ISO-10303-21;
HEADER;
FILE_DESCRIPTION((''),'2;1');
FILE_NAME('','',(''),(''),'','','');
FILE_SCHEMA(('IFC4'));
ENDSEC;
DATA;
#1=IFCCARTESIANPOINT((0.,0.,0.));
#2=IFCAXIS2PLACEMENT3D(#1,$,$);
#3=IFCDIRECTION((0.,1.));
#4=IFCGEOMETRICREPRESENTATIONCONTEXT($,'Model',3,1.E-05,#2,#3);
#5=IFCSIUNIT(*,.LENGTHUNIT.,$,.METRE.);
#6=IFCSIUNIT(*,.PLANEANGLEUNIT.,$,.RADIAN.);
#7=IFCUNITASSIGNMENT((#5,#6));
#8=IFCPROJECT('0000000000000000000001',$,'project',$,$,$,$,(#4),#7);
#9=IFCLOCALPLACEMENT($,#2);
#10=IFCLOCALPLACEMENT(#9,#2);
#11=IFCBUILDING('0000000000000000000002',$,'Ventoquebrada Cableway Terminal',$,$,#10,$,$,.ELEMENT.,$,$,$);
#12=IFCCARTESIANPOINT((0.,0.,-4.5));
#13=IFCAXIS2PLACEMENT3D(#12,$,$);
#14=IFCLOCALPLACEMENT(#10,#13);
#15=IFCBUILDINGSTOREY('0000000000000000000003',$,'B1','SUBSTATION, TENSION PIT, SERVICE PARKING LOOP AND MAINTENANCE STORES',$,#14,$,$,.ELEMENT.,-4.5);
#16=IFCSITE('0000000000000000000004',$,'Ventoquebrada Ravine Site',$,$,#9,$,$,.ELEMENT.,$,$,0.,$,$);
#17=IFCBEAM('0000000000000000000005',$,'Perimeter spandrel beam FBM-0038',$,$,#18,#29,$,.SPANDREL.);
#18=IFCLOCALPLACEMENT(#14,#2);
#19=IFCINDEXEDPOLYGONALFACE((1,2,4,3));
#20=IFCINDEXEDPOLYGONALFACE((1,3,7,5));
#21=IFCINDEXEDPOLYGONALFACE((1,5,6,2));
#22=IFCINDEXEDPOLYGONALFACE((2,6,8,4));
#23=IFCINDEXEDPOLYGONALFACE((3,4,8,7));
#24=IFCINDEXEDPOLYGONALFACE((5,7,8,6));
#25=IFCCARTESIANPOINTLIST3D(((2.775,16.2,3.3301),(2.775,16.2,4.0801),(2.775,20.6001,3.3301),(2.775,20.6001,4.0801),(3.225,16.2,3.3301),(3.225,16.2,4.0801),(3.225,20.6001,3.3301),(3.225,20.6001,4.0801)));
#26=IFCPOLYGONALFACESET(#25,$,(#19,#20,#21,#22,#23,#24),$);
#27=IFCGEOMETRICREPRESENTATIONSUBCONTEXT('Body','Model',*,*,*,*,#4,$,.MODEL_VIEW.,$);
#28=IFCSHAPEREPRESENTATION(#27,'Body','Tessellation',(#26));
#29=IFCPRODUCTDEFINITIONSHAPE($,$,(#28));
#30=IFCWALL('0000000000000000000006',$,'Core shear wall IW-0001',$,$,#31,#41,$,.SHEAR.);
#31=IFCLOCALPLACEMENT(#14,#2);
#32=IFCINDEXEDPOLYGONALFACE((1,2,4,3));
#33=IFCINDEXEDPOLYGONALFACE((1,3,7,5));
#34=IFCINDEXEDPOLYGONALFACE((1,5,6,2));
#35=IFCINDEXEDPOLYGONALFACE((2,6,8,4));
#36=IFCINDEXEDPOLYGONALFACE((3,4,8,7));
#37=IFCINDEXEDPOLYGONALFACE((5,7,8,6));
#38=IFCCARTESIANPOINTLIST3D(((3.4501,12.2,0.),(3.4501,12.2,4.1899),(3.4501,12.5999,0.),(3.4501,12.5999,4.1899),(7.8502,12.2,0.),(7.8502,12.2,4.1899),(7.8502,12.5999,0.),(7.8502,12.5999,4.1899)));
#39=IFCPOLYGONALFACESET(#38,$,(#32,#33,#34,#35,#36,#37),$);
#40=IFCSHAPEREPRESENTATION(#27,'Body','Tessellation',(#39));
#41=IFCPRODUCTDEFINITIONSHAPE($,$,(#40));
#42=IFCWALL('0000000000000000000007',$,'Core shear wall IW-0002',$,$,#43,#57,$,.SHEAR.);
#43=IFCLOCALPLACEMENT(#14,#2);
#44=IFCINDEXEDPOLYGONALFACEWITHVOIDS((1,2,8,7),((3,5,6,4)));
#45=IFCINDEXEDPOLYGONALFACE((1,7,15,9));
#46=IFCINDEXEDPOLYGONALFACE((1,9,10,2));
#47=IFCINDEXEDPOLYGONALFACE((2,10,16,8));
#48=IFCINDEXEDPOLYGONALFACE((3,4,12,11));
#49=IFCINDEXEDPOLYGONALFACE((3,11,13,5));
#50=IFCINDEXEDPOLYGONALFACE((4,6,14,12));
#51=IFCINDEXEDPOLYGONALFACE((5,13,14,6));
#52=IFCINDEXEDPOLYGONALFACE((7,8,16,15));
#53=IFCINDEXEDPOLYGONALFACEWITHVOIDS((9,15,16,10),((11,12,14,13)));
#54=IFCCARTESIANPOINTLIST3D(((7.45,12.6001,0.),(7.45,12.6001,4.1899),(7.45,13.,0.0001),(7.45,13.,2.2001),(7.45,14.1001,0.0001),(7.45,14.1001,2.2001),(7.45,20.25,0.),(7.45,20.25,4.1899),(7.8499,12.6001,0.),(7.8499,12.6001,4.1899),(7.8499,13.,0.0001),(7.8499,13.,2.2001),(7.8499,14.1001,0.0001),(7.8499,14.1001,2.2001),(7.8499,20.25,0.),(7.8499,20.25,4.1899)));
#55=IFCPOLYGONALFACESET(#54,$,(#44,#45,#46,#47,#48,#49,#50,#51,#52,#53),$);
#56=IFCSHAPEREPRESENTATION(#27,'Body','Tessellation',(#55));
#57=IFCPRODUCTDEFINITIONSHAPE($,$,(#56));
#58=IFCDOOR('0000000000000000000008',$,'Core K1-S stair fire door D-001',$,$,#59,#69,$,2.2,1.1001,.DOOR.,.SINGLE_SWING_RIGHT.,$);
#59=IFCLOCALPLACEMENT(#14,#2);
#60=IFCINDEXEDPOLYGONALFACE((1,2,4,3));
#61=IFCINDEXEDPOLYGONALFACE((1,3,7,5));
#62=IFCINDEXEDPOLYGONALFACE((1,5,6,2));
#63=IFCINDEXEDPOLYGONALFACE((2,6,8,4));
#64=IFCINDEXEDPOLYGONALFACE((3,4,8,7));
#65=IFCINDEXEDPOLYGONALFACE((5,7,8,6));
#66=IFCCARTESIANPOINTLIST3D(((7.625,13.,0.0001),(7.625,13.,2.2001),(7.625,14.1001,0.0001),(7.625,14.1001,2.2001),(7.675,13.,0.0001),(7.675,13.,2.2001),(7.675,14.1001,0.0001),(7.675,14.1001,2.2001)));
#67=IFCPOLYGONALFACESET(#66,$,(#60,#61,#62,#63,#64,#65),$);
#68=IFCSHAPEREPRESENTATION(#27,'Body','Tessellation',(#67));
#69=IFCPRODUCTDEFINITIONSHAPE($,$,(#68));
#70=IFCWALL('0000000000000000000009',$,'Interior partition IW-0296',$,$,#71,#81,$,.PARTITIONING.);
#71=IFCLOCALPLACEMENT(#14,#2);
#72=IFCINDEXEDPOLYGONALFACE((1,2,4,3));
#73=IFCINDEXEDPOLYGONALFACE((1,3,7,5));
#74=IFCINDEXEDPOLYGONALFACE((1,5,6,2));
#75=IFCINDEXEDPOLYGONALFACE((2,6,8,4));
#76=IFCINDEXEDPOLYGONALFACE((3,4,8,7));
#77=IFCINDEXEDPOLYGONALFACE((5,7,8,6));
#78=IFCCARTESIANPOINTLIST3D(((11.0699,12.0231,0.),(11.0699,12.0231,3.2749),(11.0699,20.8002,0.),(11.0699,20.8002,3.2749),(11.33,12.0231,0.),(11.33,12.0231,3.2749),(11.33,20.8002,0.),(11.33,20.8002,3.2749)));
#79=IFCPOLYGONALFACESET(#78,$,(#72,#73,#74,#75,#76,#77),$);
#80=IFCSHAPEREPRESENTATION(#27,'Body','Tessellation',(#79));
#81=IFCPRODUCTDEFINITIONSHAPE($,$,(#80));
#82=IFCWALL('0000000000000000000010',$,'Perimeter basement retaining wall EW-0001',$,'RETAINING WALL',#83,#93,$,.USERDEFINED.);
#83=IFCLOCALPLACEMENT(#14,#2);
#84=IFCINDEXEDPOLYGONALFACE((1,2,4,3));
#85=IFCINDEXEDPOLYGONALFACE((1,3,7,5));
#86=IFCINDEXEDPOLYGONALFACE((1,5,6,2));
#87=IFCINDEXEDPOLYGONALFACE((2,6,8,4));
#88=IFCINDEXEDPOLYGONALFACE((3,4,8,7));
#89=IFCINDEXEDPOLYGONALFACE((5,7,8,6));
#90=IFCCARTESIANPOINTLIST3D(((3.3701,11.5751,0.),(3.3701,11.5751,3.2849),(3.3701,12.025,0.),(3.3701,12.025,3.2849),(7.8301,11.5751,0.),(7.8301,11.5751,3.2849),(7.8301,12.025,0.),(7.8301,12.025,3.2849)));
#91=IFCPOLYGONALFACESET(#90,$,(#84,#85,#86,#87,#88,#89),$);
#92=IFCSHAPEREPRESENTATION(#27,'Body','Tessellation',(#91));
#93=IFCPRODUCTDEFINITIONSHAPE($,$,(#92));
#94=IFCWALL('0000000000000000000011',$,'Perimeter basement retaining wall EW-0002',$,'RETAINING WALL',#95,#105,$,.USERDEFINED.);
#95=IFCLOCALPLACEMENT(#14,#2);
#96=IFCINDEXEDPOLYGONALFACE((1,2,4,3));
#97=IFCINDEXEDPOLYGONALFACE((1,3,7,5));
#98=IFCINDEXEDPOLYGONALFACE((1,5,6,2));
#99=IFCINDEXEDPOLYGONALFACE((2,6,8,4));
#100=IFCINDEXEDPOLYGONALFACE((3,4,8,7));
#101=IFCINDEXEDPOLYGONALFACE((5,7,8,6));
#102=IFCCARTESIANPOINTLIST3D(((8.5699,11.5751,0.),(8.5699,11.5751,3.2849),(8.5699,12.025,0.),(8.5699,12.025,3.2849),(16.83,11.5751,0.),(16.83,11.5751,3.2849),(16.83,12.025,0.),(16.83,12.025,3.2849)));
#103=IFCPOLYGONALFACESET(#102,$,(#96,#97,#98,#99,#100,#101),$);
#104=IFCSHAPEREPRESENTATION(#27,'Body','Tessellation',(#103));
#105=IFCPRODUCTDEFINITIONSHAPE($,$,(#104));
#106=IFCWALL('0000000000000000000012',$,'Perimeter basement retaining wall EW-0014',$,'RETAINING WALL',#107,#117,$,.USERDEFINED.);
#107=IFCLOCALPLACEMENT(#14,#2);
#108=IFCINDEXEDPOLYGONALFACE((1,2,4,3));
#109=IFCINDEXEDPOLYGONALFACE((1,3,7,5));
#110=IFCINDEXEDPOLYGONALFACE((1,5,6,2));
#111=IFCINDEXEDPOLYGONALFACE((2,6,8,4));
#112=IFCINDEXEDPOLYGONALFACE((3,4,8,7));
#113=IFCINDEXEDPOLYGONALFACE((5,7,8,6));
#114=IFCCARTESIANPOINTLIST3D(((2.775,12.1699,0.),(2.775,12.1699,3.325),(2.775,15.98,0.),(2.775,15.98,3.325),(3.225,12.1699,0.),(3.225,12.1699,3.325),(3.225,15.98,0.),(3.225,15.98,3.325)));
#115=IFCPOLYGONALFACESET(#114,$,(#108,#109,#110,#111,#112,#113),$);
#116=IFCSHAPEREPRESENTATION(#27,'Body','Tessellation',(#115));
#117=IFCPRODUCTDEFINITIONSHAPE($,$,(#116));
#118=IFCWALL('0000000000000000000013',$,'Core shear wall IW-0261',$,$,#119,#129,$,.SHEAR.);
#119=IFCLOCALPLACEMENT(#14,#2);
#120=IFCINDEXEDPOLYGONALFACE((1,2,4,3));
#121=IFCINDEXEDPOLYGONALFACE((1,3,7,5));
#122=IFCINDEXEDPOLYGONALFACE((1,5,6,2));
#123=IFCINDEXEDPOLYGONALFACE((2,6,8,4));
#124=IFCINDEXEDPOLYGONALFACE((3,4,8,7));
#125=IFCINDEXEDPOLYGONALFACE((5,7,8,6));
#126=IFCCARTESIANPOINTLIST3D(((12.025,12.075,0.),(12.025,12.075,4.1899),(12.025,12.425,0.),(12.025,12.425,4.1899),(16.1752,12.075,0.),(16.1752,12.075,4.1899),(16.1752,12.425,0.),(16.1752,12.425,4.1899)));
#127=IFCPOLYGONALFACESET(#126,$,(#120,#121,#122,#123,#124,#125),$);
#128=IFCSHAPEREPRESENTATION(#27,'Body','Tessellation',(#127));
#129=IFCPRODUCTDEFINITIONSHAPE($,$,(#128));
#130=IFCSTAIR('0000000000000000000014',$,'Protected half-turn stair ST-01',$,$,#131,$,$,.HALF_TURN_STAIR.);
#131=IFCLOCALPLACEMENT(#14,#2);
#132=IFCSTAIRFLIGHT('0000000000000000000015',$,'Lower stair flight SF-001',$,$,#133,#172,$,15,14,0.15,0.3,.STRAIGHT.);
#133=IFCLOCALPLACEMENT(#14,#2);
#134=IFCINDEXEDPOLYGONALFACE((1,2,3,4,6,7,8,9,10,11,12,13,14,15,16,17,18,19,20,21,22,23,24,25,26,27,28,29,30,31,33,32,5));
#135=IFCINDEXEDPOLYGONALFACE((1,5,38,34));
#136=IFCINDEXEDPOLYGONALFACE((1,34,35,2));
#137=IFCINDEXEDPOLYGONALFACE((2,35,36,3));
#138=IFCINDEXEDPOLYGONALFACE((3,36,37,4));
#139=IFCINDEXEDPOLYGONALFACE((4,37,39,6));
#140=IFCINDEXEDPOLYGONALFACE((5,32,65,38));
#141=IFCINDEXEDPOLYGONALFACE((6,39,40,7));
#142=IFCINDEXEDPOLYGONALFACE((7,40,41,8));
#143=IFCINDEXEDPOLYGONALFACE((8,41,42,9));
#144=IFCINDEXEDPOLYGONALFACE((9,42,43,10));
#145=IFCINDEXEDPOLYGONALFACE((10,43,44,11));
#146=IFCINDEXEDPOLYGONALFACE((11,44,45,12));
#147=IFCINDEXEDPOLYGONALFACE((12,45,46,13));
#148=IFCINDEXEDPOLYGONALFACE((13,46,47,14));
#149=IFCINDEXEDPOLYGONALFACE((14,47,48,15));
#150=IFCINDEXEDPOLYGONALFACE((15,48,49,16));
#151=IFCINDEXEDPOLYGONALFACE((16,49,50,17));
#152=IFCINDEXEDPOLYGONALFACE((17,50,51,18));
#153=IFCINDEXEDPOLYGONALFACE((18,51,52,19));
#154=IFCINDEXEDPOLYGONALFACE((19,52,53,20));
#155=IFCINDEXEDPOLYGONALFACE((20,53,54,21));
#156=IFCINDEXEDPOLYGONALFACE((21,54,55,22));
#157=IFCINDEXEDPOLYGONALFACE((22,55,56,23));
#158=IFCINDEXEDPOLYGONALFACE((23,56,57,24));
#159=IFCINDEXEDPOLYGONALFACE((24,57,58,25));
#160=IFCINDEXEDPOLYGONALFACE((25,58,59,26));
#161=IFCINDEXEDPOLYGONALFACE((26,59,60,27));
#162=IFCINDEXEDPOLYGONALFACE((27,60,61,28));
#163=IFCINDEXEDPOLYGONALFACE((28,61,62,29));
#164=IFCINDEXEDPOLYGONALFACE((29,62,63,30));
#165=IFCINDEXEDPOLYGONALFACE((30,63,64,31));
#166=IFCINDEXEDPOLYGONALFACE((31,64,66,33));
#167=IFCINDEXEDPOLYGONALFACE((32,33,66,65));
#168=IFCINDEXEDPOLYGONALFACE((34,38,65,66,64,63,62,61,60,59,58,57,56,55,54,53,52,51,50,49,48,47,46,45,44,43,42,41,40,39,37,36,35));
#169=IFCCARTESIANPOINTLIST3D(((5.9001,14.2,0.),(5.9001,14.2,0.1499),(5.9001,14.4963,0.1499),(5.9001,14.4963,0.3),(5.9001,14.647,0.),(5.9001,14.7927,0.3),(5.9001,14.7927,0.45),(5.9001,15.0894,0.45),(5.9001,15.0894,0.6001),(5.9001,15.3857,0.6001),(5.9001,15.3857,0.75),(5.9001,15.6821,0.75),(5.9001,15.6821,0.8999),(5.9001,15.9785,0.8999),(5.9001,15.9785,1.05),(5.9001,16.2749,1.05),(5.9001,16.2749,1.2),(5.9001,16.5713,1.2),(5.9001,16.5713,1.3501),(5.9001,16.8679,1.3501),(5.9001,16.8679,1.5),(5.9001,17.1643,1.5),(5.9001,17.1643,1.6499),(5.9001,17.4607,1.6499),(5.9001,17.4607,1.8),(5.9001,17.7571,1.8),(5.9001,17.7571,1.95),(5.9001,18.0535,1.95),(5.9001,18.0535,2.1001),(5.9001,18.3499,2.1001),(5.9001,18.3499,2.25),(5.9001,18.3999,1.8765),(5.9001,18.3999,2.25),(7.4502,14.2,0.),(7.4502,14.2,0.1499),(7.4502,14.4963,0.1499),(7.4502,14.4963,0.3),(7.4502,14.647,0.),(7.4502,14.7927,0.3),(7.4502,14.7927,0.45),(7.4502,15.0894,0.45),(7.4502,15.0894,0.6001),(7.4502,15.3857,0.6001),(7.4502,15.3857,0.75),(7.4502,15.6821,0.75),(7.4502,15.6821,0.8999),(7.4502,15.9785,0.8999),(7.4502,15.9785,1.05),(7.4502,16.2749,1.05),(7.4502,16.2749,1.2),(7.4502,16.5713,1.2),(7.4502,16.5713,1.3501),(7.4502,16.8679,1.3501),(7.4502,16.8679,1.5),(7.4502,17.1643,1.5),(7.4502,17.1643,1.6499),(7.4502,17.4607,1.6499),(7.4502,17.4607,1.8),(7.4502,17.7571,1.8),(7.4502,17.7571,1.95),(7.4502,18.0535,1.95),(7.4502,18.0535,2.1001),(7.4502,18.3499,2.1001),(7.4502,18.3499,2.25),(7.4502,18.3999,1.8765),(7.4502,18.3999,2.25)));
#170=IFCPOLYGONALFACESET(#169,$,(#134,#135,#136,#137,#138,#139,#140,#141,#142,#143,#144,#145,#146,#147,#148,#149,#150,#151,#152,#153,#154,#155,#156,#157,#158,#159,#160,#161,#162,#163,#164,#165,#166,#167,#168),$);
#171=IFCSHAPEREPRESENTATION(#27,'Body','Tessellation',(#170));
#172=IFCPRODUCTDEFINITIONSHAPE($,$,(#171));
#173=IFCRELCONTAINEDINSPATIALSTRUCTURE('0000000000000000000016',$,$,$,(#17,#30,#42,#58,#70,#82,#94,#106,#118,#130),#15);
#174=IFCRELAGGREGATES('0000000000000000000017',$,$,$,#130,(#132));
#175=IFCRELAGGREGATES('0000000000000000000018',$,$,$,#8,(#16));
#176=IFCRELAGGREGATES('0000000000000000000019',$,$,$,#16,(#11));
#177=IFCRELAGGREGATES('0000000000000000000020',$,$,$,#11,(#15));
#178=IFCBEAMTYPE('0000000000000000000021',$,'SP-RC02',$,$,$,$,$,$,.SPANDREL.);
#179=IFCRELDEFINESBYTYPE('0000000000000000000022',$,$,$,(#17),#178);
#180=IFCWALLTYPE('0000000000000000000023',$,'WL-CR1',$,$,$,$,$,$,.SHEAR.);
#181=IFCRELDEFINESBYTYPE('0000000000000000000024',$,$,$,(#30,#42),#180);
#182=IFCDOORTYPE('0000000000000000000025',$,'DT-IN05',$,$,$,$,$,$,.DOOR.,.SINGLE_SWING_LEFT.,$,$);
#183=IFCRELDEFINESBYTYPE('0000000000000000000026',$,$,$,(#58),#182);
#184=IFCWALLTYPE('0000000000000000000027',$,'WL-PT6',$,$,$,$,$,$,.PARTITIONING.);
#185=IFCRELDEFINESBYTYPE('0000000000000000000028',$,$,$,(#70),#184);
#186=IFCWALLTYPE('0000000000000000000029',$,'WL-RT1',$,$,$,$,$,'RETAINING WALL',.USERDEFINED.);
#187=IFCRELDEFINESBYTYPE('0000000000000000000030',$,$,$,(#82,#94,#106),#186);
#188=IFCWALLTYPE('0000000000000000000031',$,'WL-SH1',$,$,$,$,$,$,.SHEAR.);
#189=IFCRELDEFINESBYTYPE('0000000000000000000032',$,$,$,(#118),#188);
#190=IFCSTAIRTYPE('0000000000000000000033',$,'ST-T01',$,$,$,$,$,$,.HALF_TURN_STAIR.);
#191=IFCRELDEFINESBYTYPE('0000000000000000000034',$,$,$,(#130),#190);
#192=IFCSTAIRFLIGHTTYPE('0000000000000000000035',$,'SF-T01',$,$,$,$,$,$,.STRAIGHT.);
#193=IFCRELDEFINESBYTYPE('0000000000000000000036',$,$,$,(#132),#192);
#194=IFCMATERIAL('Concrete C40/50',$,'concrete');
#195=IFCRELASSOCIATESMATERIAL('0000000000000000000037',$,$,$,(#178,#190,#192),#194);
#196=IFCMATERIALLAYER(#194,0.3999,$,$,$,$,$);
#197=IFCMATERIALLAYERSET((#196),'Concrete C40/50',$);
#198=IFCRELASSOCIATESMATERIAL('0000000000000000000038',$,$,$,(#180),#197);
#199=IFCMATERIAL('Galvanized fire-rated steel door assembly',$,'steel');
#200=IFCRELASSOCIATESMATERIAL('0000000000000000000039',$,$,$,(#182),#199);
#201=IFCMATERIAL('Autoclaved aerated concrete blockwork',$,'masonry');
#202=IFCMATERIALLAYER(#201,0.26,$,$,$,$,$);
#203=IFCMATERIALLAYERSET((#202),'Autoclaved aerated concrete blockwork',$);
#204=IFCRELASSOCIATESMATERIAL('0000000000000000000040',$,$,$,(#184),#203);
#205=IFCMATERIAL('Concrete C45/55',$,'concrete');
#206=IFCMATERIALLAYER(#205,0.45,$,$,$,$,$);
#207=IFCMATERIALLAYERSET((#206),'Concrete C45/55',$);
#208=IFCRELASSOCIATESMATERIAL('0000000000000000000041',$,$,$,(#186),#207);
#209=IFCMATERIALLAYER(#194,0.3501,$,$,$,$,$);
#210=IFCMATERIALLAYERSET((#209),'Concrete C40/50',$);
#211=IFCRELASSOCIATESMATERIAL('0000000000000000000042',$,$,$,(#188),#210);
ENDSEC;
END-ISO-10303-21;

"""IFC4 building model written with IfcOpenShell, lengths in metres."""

from ifc_helpers import new_model, si_unit, direction, frame, frame_2d, origin, origin_2d, place, context, subcontext, project, spatial, polyline, rectangle, outline, extrude, material, layer, layer_set, material_profile, profile_set, type_object, element, fill, aggregate, save


model = new_model("IFC4")

# Units and contexts
model_context = context("Model", 3, precision=1e-05, world=origin(), true_north=direction((0.0, 1.0)))
body_context = subcontext(model_context, "Body", "Model", "MODEL_VIEW")
ifc_project = project(units=[si_unit("LENGTHUNIT", "METRE"), si_unit("PLANEANGLEUNIT", "RADIAN")], contexts=[model_context])

# Site, building, storey
site_placement = place(None, origin())
site = spatial("IfcSite", under=ifc_project, at=site_placement, Name="Ventoquebrada Ravine Site", CompositionType="ELEMENT", RefElevation=0.0)
building_placement = place(site_placement, origin())
building = spatial("IfcBuilding", under=site, at=building_placement, Name="Ventoquebrada Cableway Terminal", CompositionType="ELEMENT")
storey_placement = place(building_placement, frame((0.0, 0.0, -4.5)))
storey = spatial("IfcBuildingStorey", under=building, at=storey_placement, Name="B1", Description="SUBSTATION, TENSION PIT, SERVICE PARKING LOOP AND MAINTENANCE STORES", CompositionType="ELEMENT", Elevation=-4.5)

# Shared definitions
ifc_material_1 = material(Name="Concrete C40/50", Category="concrete")

# Beam
ifc_material_profile_1 = material_profile(ifc_material_1, rectangle(XDim=0.45, YDim=0.75, at=origin_2d()), Name="RC-BM-450X750")
ifc_profile_set_1 = profile_set([ifc_material_profile_1], Name="Concrete C40/50")
beam_type_1 = type_object("IfcBeamType", Name="SP-RC02", PredefinedType="SPANDREL", material=ifc_profile_set_1)
beam_1_placement = place(storey_placement, frame((3.0, 16.2, 3.7051), z_axis=(0.0, 1.0, 0.0), x_axis=(-1.0, 0.0, 0.0)))
element("IfcBeam", 1, at=beam_1_placement, inside=storey, type_object=beam_type_1, Name="Perimeter spandrel beam FBM-0038", PredefinedType="SPANDREL", context=body_context, shape_type="SweptSolid", body=[
    extrude(rectangle(XDim=0.45, YDim=0.75, at=origin_2d()), origin(), (0.0, 0.0, 1.0), 4.4001),
])

# Wall
ifc_layer_1 = layer(ifc_material_1, 0.3999)
ifc_layer_set_1 = layer_set([ifc_layer_1], Name="Concrete C40/50")
wall_type_1 = type_object("IfcWallType", Name="WL-CR1", PredefinedType="SHEAR", material=ifc_layer_set_1)
wall_1_placement = place(storey_placement, frame((3.45, 12.3999, 0.0), z_axis=(0.0, 0.0, 1.0), x_axis=(1.0, 0.0, 0.0)))
element("IfcWall", 2, at=wall_1_placement, inside=storey, type_object=wall_type_1, Name="Core shear wall IW-0001", PredefinedType="SHEAR", context=body_context, shape_type="SweptSolid", body=[
    extrude(rectangle(XDim=4.4001, YDim=0.3999, at=frame_2d((2.2002, 0.0))), origin(), (0.0, 0.0, 1.0), 4.1899),
])

# Wall, opening, door
wall_2_placement = place(storey_placement, frame((7.6499, 12.6001, 0.0), z_axis=(0.0, 0.0, 1.0), x_axis=(0.0, 1.0, 0.0)))
wall_2 = element("IfcWall", 3, at=wall_2_placement, inside=storey, type_object=wall_type_1, Name="Core shear wall IW-0002", PredefinedType="SHEAR", context=body_context, shape_type="SweptSolid", body=[
    extrude(rectangle(XDim=7.6499, YDim=0.3999, at=frame_2d((3.825, 0.0))), origin(), (0.0, 0.0, 1.0), 4.1899),
])
opening_placement = place(wall_2_placement, frame((0.3999, 0.0, 0.0)))
opening = element("IfcOpeningElement", 4, at=opening_placement, cuts=wall_2, PredefinedType="OPENING", context=body_context, shape_type="SweptSolid", body=[
    extrude(rectangle(XDim=1.1001, YDim=2.2, at=frame_2d((0.55, 1.1001))), frame((0.0, 0.21, 0.0), z_axis=(0.0, -1.0, 0.0), x_axis=(1.0, 0.0, 0.0)), (0.0, 0.0, 1.0), 0.4199),
])
ifc_material_2 = material(Name="Galvanized fire-rated steel door assembly", Category="steel")
door_type = type_object("IfcDoorType", Name="DT-IN05", OperationType="SINGLE_SWING_LEFT", PredefinedType="DOOR", material=ifc_material_2)
door_placement = place(opening_placement, origin())
door = element("IfcDoor", 5, at=door_placement, inside=storey, type_object=door_type, Name="Core K1-S stair fire door D-001", OperationType="SINGLE_SWING_RIGHT", OverallHeight=2.2, OverallWidth=1.1001, PredefinedType="DOOR", context=body_context, shape_type="SweptSolid", body=[
    extrude(rectangle(XDim=1.1001, YDim=2.2, at=frame_2d((0.55, 1.1001))), frame((0.0, 0.0249, 0.0), z_axis=(0.0, -1.0, 0.0), x_axis=(1.0, 0.0, 0.0)), (0.0, 0.0, 1.0), 0.05),
])
fill(opening, door)

# Walls
ifc_material_3 = material(Name="Autoclaved aerated concrete blockwork", Category="masonry")
ifc_layer_2 = layer(ifc_material_3, 0.26)
ifc_layer_set_2 = layer_set([ifc_layer_2], Name="Autoclaved aerated concrete blockwork")
wall_type_2 = type_object("IfcWallType", Name="WL-PT6", PredefinedType="PARTITIONING", material=ifc_layer_set_2)
wall_3_placement = place(storey_placement, frame((11.2, 12.0229, 0.0), z_axis=(0.0, 0.0, 1.0), x_axis=(0.0, 1.0, 0.0)))
element("IfcWall", 6, at=wall_3_placement, inside=storey, type_object=wall_type_2, Name="Interior partition IW-0296", PredefinedType="PARTITIONING", context=body_context, shape_type="SweptSolid", body=[
    extrude(rectangle(XDim=8.7771, YDim=0.26, at=frame_2d((4.3887, 0.0))), origin(), (0.0, 0.0, 1.0), 3.2749),
])
ifc_material_4 = material(Name="Concrete C45/55", Category="concrete")
ifc_layer_3 = layer(ifc_material_4, 0.45)
ifc_layer_set_3 = layer_set([ifc_layer_3], Name="Concrete C45/55")
wall_type_3 = type_object("IfcWallType", Name="WL-RT1", ElementType="RETAINING WALL", PredefinedType="USERDEFINED", material=ifc_layer_set_3)
wall_4_placement = place(storey_placement, frame((3.3701, 11.8, 0.0), z_axis=(0.0, 0.0, 1.0), x_axis=(1.0, 0.0, 0.0)))
element("IfcWall", 7, at=wall_4_placement, inside=storey, type_object=wall_type_3, Name="Perimeter basement retaining wall EW-0001", ObjectType="RETAINING WALL", PredefinedType="USERDEFINED", context=body_context, shape_type="SweptSolid", body=[
    extrude(rectangle(XDim=4.46, YDim=0.45, at=frame_2d((2.23, 0.0))), origin(), (0.0, 0.0, 1.0), 3.2849),
])
wall_5_placement = place(storey_placement, frame((8.5701, 11.8, 0.0), z_axis=(0.0, 0.0, 1.0), x_axis=(1.0, 0.0, 0.0)))
element("IfcWall", 8, at=wall_5_placement, inside=storey, type_object=wall_type_3, Name="Perimeter basement retaining wall EW-0002", ObjectType="RETAINING WALL", PredefinedType="USERDEFINED", context=body_context, shape_type="SweptSolid", body=[
    extrude(rectangle(XDim=8.26, YDim=0.45, at=frame_2d((4.1299, 0.0))), origin(), (0.0, 0.0, 1.0), 3.2849),
])
wall_6_placement = place(storey_placement, frame((3.0, 15.98, 0.0), z_axis=(0.0, 0.0, 1.0), x_axis=(0.0, -1.0, 0.0)))
element("IfcWall", 9, at=wall_6_placement, inside=storey, type_object=wall_type_3, Name="Perimeter basement retaining wall EW-0014", ObjectType="RETAINING WALL", PredefinedType="USERDEFINED", context=body_context, shape_type="SweptSolid", body=[
    extrude(rectangle(XDim=3.8101, YDim=0.45, at=frame_2d((1.905, 0.0))), origin(), (0.0, 0.0, 1.0), 3.325),
])
ifc_layer_4 = layer(ifc_material_1, 0.3501)
ifc_layer_set_4 = layer_set([ifc_layer_4], Name="Concrete C40/50")
wall_type_4 = type_object("IfcWallType", Name="WL-SH1", PredefinedType="SHEAR", material=ifc_layer_set_4)
wall_7_placement = place(storey_placement, frame((12.0249, 12.25, 0.0), z_axis=(0.0, 0.0, 1.0), x_axis=(1.0, 0.0, 0.0)))
element("IfcWall", 10, at=wall_7_placement, inside=storey, type_object=wall_type_4, Name="Core shear wall IW-0261", PredefinedType="SHEAR", context=body_context, shape_type="SweptSolid", body=[
    extrude(rectangle(XDim=4.1501, YDim=0.3501, at=frame_2d((2.0752, 0.0))), origin(), (0.0, 0.0, 1.0), 4.1899),
])

# Stair, stair flight
stair_type = type_object("IfcStairType", Name="ST-T01", PredefinedType="HALF_TURN_STAIR", material=ifc_material_1)
stair_placement = place(storey_placement, origin())
stair = element("IfcStair", 11, at=stair_placement, inside=storey, type_object=stair_type, Name="Protected half-turn stair ST-01", PredefinedType="HALF_TURN_STAIR")
stair_flight_type = type_object("IfcStairFlightType", Name="SF-T01", PredefinedType="STRAIGHT", material=ifc_material_1)
stair_flight_placement = place(storey_placement, frame((6.675, 14.2, 0.0), z_axis=(0.0, 0.0, 1.0), x_axis=(0.0, 1.0, 0.0)))
stair_flight = element("IfcStairFlight", 12, at=stair_flight_placement, type_object=stair_flight_type, Name="Lower stair flight SF-001", NumberOfRisers=15, NumberOfTreads=14, PredefinedType="STRAIGHT", RiserHeight=0.15, TreadLength=0.3, context=body_context, shape_type="SweptSolid", body=[
    extrude(outline(polyline([(0.0, 0.0), (0.0, 0.1499), (0.2964, 0.1499), (0.2964, 0.3), (0.5928, 0.3), (0.5928, 0.45), (0.8894, 0.45), (0.8894, 0.6001), (1.1858, 0.6001), (1.1858, 0.75), (1.4822, 0.75), (1.4822, 0.8999), (1.7786, 0.8999), (1.7786, 1.05), (2.075, 1.05), (2.075, 1.2), (2.3713, 1.2), (2.3713, 1.3501), (2.668, 1.3501), (2.668, 1.5), (2.9644, 1.5), (2.9644, 1.6499), (3.2607, 1.6499), (3.2607, 1.8), (3.5571, 1.8), (3.5571, 1.95), (3.8535, 1.95), (3.8535, 2.1001), (4.1499, 2.1001), (4.1499, 2.25), (4.2, 2.25), (4.2, 1.8765), (0.447, 0.0), (0.0, 0.0)])), frame((0.0, 0.7749, 0.0), z_axis=(0.0, -1.0, 0.0), x_axis=(1.0, 0.0, 0.0)), (0.0, 0.0, 1.0), 1.55),
])
aggregate(stair, [stair_flight])

save(model, "model.ifc")
